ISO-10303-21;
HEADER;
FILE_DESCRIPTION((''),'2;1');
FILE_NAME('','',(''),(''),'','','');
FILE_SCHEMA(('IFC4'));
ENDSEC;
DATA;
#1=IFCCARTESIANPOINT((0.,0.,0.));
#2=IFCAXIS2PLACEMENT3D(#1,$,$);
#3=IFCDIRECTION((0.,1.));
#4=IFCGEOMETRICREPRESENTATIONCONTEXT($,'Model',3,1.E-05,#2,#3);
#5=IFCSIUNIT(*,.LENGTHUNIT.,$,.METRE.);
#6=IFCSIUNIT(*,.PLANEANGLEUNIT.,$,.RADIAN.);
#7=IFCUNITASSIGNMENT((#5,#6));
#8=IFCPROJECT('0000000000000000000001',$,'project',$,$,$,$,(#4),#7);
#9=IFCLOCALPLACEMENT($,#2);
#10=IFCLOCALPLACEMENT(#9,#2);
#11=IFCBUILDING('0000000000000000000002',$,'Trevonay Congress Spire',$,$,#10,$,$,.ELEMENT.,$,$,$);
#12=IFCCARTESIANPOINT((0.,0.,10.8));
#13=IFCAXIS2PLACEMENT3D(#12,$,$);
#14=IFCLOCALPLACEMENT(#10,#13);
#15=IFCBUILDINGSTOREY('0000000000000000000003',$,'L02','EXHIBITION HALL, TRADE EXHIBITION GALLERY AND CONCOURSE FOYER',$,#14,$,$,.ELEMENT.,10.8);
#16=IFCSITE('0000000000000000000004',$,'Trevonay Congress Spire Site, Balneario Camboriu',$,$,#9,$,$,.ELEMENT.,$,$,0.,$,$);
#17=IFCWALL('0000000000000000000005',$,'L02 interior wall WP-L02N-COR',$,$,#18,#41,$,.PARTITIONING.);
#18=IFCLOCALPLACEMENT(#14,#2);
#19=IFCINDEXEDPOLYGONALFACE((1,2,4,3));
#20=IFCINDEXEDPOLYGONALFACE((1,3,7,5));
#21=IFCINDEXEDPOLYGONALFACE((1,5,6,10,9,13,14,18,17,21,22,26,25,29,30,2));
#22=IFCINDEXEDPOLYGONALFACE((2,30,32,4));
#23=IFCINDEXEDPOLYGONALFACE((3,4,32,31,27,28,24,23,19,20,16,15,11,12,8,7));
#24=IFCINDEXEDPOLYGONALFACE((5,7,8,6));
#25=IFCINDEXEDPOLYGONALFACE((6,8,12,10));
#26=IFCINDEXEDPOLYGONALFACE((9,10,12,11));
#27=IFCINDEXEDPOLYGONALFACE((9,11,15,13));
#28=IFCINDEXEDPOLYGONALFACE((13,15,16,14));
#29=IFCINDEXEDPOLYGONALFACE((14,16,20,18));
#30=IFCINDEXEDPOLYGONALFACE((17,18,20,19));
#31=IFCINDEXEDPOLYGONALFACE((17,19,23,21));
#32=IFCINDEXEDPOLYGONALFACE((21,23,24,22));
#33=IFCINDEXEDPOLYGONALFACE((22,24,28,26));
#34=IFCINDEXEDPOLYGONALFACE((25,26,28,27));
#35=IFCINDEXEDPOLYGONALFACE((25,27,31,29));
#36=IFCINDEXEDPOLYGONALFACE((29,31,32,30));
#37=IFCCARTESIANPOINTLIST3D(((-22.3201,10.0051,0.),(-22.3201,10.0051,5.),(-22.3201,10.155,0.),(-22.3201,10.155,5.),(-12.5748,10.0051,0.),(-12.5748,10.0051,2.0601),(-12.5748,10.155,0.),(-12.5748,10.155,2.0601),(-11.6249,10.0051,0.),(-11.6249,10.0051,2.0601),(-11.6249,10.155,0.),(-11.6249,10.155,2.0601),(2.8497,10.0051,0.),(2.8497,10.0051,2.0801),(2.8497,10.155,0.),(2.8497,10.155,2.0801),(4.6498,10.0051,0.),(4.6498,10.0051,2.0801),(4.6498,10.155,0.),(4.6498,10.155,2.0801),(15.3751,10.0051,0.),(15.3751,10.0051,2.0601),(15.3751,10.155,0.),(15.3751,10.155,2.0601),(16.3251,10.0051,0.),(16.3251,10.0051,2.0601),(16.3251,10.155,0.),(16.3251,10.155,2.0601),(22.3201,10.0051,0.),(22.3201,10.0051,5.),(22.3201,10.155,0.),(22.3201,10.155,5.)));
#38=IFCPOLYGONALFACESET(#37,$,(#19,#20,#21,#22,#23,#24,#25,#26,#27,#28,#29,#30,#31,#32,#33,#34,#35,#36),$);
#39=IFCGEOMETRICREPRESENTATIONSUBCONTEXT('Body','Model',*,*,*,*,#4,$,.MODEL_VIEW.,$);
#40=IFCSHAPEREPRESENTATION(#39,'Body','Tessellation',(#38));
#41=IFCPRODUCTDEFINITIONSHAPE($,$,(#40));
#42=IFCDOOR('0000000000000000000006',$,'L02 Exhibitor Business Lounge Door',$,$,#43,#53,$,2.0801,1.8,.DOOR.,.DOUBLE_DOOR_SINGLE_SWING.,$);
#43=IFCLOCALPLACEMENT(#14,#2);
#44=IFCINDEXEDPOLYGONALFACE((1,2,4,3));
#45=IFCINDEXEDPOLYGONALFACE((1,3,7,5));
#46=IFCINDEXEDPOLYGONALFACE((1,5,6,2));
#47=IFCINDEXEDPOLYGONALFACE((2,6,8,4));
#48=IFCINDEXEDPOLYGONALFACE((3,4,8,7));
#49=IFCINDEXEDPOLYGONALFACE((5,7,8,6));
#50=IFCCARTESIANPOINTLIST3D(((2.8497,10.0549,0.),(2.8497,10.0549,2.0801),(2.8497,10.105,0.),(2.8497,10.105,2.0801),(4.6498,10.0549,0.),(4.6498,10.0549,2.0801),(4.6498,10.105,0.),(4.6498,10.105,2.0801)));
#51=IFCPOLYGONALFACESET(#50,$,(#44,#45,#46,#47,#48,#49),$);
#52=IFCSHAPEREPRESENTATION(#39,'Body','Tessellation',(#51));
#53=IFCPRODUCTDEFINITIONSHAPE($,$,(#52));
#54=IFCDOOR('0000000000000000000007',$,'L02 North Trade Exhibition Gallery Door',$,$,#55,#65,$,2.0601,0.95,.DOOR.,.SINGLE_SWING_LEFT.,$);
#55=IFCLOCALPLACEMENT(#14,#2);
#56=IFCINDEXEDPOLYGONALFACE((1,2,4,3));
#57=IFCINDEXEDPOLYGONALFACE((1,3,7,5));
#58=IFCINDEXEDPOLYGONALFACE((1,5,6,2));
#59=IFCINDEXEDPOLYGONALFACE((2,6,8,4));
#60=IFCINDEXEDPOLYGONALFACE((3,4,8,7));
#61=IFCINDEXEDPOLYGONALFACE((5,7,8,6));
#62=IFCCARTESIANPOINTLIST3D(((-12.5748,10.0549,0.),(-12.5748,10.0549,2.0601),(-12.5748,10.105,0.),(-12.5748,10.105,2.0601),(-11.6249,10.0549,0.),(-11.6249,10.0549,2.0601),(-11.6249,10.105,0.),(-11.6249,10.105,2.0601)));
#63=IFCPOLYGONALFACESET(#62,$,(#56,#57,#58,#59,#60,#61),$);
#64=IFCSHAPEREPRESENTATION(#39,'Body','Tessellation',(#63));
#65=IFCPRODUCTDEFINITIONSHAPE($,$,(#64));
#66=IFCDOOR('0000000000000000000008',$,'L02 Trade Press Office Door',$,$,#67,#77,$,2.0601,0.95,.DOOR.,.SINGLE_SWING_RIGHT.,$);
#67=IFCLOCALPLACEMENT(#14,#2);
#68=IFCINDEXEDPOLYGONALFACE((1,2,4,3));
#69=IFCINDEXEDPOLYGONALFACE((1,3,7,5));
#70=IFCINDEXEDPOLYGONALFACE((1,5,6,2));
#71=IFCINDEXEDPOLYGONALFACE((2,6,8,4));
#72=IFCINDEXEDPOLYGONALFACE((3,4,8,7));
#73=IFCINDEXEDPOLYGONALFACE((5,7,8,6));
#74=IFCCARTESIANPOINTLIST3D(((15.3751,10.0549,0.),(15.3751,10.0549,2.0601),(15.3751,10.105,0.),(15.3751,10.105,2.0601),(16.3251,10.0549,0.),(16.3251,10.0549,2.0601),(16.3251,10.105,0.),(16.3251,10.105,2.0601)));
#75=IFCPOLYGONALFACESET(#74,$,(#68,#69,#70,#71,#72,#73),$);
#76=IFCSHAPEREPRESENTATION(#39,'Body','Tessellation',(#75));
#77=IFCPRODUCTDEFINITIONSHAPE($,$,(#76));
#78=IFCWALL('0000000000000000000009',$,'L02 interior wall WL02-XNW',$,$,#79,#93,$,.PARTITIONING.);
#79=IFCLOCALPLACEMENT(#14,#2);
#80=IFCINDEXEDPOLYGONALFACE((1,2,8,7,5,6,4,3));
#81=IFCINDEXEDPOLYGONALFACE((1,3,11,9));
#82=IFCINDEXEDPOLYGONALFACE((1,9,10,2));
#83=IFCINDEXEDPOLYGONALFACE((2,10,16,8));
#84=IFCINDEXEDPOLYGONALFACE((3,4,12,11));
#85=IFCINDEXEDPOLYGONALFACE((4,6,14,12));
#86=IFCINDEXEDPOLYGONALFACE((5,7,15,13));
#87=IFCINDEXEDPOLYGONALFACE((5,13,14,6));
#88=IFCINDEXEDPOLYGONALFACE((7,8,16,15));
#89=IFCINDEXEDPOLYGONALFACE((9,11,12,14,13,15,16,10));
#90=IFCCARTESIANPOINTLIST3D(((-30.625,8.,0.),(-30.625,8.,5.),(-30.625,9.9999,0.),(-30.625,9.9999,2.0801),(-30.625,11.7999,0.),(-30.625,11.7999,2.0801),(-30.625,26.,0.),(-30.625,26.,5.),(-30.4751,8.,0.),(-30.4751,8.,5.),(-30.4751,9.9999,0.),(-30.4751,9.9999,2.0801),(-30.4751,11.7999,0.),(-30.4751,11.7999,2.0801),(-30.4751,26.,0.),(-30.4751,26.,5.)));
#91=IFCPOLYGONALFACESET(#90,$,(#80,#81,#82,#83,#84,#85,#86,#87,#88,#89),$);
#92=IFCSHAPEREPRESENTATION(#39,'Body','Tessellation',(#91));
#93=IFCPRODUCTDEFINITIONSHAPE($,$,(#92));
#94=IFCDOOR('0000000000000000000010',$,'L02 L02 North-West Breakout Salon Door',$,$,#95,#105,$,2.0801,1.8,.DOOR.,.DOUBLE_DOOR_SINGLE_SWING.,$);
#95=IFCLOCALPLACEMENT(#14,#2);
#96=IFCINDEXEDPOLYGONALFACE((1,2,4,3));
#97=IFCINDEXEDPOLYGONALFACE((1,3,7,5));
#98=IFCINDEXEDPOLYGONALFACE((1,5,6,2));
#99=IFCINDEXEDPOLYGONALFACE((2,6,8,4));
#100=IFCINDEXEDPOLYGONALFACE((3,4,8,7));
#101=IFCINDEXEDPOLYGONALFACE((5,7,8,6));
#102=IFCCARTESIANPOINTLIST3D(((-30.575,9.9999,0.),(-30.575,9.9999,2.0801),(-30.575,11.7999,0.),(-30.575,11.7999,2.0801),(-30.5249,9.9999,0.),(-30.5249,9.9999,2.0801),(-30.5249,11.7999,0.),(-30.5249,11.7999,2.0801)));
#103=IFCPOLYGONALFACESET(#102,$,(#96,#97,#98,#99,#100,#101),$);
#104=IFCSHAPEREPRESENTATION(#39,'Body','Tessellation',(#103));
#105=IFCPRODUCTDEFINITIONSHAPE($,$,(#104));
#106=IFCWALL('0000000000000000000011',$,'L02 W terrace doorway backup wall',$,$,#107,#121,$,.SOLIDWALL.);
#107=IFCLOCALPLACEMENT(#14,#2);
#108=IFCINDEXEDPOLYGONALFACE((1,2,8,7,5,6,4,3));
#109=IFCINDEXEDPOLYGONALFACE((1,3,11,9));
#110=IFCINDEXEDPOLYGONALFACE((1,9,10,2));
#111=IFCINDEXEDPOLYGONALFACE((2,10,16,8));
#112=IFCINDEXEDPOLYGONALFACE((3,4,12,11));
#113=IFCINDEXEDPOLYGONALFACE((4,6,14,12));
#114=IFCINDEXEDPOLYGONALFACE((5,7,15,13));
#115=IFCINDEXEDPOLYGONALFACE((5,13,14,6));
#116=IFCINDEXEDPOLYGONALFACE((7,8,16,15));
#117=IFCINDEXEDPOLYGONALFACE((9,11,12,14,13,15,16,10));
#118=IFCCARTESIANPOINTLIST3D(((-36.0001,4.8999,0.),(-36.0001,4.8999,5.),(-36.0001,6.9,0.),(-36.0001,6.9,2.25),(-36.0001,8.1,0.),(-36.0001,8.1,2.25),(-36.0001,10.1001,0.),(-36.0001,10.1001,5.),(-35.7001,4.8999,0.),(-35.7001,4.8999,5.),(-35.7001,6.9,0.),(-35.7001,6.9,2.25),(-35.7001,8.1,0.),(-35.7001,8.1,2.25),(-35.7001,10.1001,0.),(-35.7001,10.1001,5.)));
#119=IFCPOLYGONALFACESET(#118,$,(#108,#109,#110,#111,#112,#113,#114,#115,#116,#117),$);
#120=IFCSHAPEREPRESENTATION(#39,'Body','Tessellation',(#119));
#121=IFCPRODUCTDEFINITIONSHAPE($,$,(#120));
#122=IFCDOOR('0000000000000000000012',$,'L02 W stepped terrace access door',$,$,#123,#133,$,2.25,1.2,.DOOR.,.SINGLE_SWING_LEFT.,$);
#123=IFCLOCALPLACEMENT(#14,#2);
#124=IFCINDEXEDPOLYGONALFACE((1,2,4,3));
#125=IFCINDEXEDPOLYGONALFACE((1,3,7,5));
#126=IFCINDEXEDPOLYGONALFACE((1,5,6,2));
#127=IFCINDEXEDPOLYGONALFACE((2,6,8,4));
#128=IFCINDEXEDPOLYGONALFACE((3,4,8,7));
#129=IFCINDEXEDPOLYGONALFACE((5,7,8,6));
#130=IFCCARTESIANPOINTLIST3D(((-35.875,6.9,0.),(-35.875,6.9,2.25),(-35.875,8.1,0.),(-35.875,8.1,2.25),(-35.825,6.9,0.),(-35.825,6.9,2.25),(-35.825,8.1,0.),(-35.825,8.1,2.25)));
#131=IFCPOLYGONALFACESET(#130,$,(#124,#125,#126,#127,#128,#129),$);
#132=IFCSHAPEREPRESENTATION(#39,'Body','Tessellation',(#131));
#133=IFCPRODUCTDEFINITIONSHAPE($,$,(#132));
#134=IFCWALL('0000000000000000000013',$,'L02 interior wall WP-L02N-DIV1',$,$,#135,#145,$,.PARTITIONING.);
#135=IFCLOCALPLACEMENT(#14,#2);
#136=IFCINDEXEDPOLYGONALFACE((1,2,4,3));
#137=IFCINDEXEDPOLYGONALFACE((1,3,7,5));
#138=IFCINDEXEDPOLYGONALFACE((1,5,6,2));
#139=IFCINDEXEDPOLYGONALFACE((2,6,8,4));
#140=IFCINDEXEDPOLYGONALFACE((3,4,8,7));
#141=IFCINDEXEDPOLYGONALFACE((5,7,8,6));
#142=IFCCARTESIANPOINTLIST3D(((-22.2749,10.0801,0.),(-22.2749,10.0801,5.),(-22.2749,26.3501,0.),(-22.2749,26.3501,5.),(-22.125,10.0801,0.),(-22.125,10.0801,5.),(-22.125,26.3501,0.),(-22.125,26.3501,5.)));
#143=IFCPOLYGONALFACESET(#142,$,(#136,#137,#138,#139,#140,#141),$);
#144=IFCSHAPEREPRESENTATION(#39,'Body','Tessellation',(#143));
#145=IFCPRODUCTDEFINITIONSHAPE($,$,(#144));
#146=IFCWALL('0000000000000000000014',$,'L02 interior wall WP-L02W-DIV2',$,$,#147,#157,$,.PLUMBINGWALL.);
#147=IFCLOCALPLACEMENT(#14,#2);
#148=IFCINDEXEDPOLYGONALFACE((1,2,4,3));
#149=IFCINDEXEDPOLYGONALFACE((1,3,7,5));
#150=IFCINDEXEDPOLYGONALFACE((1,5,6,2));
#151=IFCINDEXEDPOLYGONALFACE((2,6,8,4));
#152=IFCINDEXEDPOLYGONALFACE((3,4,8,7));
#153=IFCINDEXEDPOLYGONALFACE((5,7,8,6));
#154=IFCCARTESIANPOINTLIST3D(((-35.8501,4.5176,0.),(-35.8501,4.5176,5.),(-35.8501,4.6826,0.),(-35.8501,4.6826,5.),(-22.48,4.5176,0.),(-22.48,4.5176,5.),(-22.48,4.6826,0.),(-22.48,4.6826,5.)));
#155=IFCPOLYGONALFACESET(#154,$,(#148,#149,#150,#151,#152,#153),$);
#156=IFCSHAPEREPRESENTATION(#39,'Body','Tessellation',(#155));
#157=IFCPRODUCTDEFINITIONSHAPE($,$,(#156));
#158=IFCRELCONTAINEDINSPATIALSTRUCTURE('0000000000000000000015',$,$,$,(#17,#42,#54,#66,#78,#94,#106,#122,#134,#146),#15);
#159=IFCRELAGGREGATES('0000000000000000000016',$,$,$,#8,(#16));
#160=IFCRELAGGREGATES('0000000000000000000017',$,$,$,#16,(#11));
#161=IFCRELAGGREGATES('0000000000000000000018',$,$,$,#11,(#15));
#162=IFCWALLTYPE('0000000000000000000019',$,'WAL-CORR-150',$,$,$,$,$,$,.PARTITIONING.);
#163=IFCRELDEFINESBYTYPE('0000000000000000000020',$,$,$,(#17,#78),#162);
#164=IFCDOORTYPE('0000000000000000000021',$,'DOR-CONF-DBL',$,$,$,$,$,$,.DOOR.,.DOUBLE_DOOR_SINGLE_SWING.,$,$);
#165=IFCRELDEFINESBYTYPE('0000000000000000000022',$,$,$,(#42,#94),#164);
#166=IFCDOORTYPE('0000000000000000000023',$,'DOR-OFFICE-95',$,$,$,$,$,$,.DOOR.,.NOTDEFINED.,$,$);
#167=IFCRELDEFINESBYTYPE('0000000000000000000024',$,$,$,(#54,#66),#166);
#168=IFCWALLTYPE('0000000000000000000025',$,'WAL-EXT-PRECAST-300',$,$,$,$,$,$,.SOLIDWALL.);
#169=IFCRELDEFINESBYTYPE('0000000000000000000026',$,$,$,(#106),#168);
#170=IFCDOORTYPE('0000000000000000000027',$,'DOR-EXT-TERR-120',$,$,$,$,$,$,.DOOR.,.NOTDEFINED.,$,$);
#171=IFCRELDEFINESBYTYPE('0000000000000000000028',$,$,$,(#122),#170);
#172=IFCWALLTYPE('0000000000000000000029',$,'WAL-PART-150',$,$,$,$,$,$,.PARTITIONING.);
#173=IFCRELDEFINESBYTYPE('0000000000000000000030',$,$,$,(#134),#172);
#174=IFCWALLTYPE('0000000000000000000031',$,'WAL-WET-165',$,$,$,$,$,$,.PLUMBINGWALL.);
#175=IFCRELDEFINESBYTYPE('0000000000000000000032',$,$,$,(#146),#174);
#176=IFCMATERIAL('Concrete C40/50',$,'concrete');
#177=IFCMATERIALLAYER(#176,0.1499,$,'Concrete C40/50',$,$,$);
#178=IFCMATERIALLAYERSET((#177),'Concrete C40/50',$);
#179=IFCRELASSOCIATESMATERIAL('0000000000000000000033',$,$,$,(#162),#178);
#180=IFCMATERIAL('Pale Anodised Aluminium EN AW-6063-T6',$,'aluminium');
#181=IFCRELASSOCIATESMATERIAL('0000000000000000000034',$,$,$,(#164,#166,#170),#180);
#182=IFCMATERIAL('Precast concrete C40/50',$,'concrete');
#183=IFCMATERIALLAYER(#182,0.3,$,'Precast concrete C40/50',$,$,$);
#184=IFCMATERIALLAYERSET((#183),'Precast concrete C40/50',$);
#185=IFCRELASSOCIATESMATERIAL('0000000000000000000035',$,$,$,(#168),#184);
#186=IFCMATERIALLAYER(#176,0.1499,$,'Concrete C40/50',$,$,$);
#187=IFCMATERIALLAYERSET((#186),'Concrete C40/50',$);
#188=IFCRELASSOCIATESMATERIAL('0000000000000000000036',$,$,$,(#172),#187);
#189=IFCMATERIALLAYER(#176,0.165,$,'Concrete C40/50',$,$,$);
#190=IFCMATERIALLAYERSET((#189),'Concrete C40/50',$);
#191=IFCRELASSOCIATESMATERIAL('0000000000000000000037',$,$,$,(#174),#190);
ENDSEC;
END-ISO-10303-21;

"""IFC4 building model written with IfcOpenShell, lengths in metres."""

from ifc_helpers import new_model, si_unit, direction, frame, frame_2d, origin, place, context, subcontext, project, spatial, rectangle, extrude, material, layer, layer_set, type_object, element, fill, save


model = new_model("IFC4")

# Units and contexts
model_context = context("Model", 3, precision=1e-05, world=origin(), true_north=direction((0.0, 1.0)))
body_context = subcontext(model_context, "Body", "Model", "MODEL_VIEW")
ifc_project = project(units=[si_unit("LENGTHUNIT", "METRE"), si_unit("PLANEANGLEUNIT", "RADIAN")], contexts=[model_context])

# Site, building, storey
site_placement = place(None, origin())
site = spatial("IfcSite", under=ifc_project, at=site_placement, Name="Trevonay Congress Spire Site, Balneario Camboriu", CompositionType="ELEMENT", RefElevation=0.0)
building_placement = place(site_placement, origin())
building = spatial("IfcBuilding", under=site, at=building_placement, Name="Trevonay Congress Spire", CompositionType="ELEMENT")
storey_placement = place(building_placement, frame((0.0, 0.0, 10.8)))
storey = spatial("IfcBuildingStorey", under=building, at=storey_placement, Name="L02", Description="EXHIBITION HALL, TRADE EXHIBITION GALLERY AND CONCOURSE FOYER", CompositionType="ELEMENT", Elevation=10.8)

# Shared definitions
ifc_material_1 = material(Name="Pale Anodised Aluminium EN AW-6063-T6", Category="aluminium")

# Wall, openings, doors
ifc_material_2 = material(Name="Concrete C40/50", Category="concrete")
ifc_layer_1 = layer(ifc_material_2, 0.1499, Name="Concrete C40/50")
ifc_layer_set_1 = layer_set([ifc_layer_1], Name="Concrete C40/50")
wall_type_1 = type_object("IfcWallType", Name="WAL-CORR-150", PredefinedType="PARTITIONING", material=ifc_layer_set_1)
wall_1_placement = place(storey_placement, frame((-22.3201, 10.0801, 0.0), z_axis=(0.0, 0.0, 1.0), x_axis=(1.0, 0.0, 0.0)))
wall_1 = element("IfcWall", 1, at=wall_1_placement, inside=storey, type_object=wall_type_1, Name="L02 interior wall WP-L02N-COR", PredefinedType="PARTITIONING", context=body_context, shape_type="SweptSolid", body=[
    extrude(rectangle(XDim=44.6401, YDim=0.1499, at=frame_2d((22.3201, 0.0))), origin(), (0.0, 0.0, 1.0), 5.0),
])
opening_1_placement = place(wall_1_placement, frame((9.7451, 0.0, 0.0)))
opening_1 = element("IfcOpeningElement", 2, at=opening_1_placement, cuts=wall_1, PredefinedType="OPENING", context=body_context, shape_type="SweptSolid", body=[
    extrude(rectangle(XDim=0.95, YDim=2.0601, at=frame_2d((0.4751, 1.03))), frame((0.0, 0.085, 0.0), z_axis=(0.0, -1.0, 0.0), x_axis=(1.0, 0.0, 0.0)), (0.0, 0.0, 1.0), 0.1699),
])
opening_2_placement = place(wall_1_placement, frame((25.1699, 0.0, 0.0)))
opening_2 = element("IfcOpeningElement", 3, at=opening_2_placement, cuts=wall_1, PredefinedType="OPENING", context=body_context, shape_type="SweptSolid", body=[
    extrude(rectangle(XDim=1.8, YDim=2.0801, at=frame_2d((0.8999, 1.04))), frame((0.0, 0.085, 0.0), z_axis=(0.0, -1.0, 0.0), x_axis=(1.0, 0.0, 0.0)), (0.0, 0.0, 1.0), 0.1699),
])
opening_3_placement = place(wall_1_placement, frame((37.6951, 0.0, 0.0)))
opening_3 = element("IfcOpeningElement", 4, at=opening_3_placement, cuts=wall_1, PredefinedType="OPENING", context=body_context, shape_type="SweptSolid", body=[
    extrude(rectangle(XDim=0.95, YDim=2.0601, at=frame_2d((0.4751, 1.03))), frame((0.0, 0.085, 0.0), z_axis=(0.0, -1.0, 0.0), x_axis=(1.0, 0.0, 0.0)), (0.0, 0.0, 1.0), 0.1699),
])
door_type_1 = type_object("IfcDoorType", Name="DOR-CONF-DBL", OperationType="DOUBLE_DOOR_SINGLE_SWING", PredefinedType="DOOR", material=ifc_material_1)
door_1_placement = place(opening_2_placement, origin())
door_1 = element("IfcDoor", 5, at=door_1_placement, inside=storey, type_object=door_type_1, Name="L02 Exhibitor Business Lounge Door", OperationType="DOUBLE_DOOR_SINGLE_SWING", OverallHeight=2.0801, OverallWidth=1.8, PredefinedType="DOOR", context=body_context, shape_type="SweptSolid", body=[
    extrude(rectangle(XDim=1.8, YDim=2.0801, at=frame_2d((0.8999, 1.04))), frame((0.0, 0.0249, 0.0), z_axis=(0.0, -1.0, 0.0), x_axis=(1.0, 0.0, 0.0)), (0.0, 0.0, 1.0), 0.05),
])
fill(opening_2, door_1)
door_type_2 = type_object("IfcDoorType", Name="DOR-OFFICE-95", OperationType="NOTDEFINED", PredefinedType="DOOR", material=ifc_material_1)
door_2_placement = place(opening_1_placement, origin())
door_2 = element("IfcDoor", 6, at=door_2_placement, inside=storey, type_object=door_type_2, Name="L02 North Trade Exhibition Gallery Door", OperationType="SINGLE_SWING_LEFT", OverallHeight=2.0601, OverallWidth=0.95, PredefinedType="DOOR", context=body_context, shape_type="SweptSolid", body=[
    extrude(rectangle(XDim=0.95, YDim=2.0601, at=frame_2d((0.4751, 1.03))), frame((0.0, 0.0249, 0.0), z_axis=(0.0, -1.0, 0.0), x_axis=(1.0, 0.0, 0.0)), (0.0, 0.0, 1.0), 0.05),
])
fill(opening_1, door_2)
door_3_placement = place(opening_3_placement, origin())
door_3 = element("IfcDoor", 7, at=door_3_placement, inside=storey, type_object=door_type_2, Name="L02 Trade Press Office Door", OperationType="SINGLE_SWING_RIGHT", OverallHeight=2.0601, OverallWidth=0.95, PredefinedType="DOOR", context=body_context, shape_type="SweptSolid", body=[
    extrude(rectangle(XDim=0.95, YDim=2.0601, at=frame_2d((0.4751, 1.03))), frame((0.0, 0.0249, 0.0), z_axis=(0.0, -1.0, 0.0), x_axis=(1.0, 0.0, 0.0)), (0.0, 0.0, 1.0), 0.05),
])
fill(opening_3, door_3)

# Walls, openings, doors
wall_2_placement = place(storey_placement, frame((-30.55, 8.0, 0.0), z_axis=(0.0, 0.0, 1.0), x_axis=(0.0, 1.0, 0.0)))
wall_2 = element("IfcWall", 8, at=wall_2_placement, inside=storey, type_object=wall_type_1, Name="L02 interior wall WL02-XNW", PredefinedType="PARTITIONING", context=body_context, shape_type="SweptSolid", body=[
    extrude(rectangle(XDim=18.0, YDim=0.1499, at=frame_2d((9.0, 0.0))), origin(), (0.0, 0.0, 1.0), 5.0),
])
opening_4_placement = place(wall_2_placement, frame((2.0, 0.0, 0.0)))
opening_4 = element("IfcOpeningElement", 9, at=opening_4_placement, cuts=wall_2, PredefinedType="OPENING", context=body_context, shape_type="SweptSolid", body=[
    extrude(rectangle(XDim=1.8, YDim=2.0801, at=frame_2d((0.8999, 1.04))), frame((0.0, 0.085, 0.0), z_axis=(0.0, -1.0, 0.0), x_axis=(1.0, 0.0, 0.0)), (0.0, 0.0, 1.0), 0.1699),
])
door_4_placement = place(opening_4_placement, origin())
door_4 = element("IfcDoor", 10, at=door_4_placement, inside=storey, type_object=door_type_1, Name="L02 L02 North-West Breakout Salon Door", OperationType="DOUBLE_DOOR_SINGLE_SWING", OverallHeight=2.0801, OverallWidth=1.8, PredefinedType="DOOR", context=body_context, shape_type="SweptSolid", body=[
    extrude(rectangle(XDim=1.8, YDim=2.0801, at=frame_2d((0.8999, 1.04))), frame((0.0, 0.0249, 0.0), z_axis=(0.0, -1.0, 0.0), x_axis=(1.0, 0.0, 0.0)), (0.0, 0.0, 1.0), 0.05),
])
fill(opening_4, door_4)
ifc_material_3 = material(Name="Precast concrete C40/50", Category="concrete")
ifc_layer_2 = layer(ifc_material_3, 0.3, Name="Precast concrete C40/50")
ifc_layer_set_2 = layer_set([ifc_layer_2], Name="Precast concrete C40/50")
wall_type_2 = type_object("IfcWallType", Name="WAL-EXT-PRECAST-300", PredefinedType="SOLIDWALL", material=ifc_layer_set_2)
wall_3_placement = place(storey_placement, frame((-35.8501, 4.8999, 0.0), z_axis=(0.0, 0.0, 1.0), x_axis=(0.0, 1.0, 0.0)))
wall_3 = element("IfcWall", 11, at=wall_3_placement, inside=storey, type_object=wall_type_2, Name="L02 W terrace doorway backup wall", PredefinedType="SOLIDWALL", context=body_context, shape_type="SweptSolid", body=[
    extrude(rectangle(XDim=5.2002, YDim=0.3, at=frame_2d((2.6001, 0.0))), origin(), (0.0, 0.0, 1.0), 5.0),
])
opening_5_placement = place(wall_3_placement, frame((2.0, 0.0, 0.0)))
opening_5 = element("IfcOpeningElement", 12, at=opening_5_placement, cuts=wall_3, PredefinedType="OPENING", context=body_context, shape_type="SweptSolid", body=[
    extrude(rectangle(XDim=1.2, YDim=2.25, at=frame_2d((0.6001, 1.125))), frame((0.0, 0.1602, 0.0), z_axis=(0.0, -1.0, 0.0), x_axis=(1.0, 0.0, 0.0)), (0.0, 0.0, 1.0), 0.3201),
])
door_type_3 = type_object("IfcDoorType", Name="DOR-EXT-TERR-120", OperationType="NOTDEFINED", PredefinedType="DOOR", material=ifc_material_1)
door_5_placement = place(opening_5_placement, origin())
door_5 = element("IfcDoor", 13, at=door_5_placement, inside=storey, type_object=door_type_3, Name="L02 W stepped terrace access door", OperationType="SINGLE_SWING_LEFT", OverallHeight=2.25, OverallWidth=1.2, PredefinedType="DOOR", context=body_context, shape_type="SweptSolid", body=[
    extrude(rectangle(XDim=1.2, YDim=2.25, at=frame_2d((0.6001, 1.125))), frame((0.0, 0.0249, 0.0), z_axis=(0.0, -1.0, 0.0), x_axis=(1.0, 0.0, 0.0)), (0.0, 0.0, 1.0), 0.05),
])
fill(opening_5, door_5)

# Walls
ifc_layer_3 = layer(ifc_material_2, 0.1499, Name="Concrete C40/50")
ifc_layer_set_3 = layer_set([ifc_layer_3], Name="Concrete C40/50")
wall_type_3 = type_object("IfcWallType", Name="WAL-PART-150", PredefinedType="PARTITIONING", material=ifc_layer_set_3)
wall_4_placement = place(storey_placement, frame((-22.2, 10.0801, 0.0), z_axis=(0.0, 0.0, 1.0), x_axis=(0.0, 1.0, 0.0)))
element("IfcWall", 14, at=wall_4_placement, inside=storey, type_object=wall_type_3, Name="L02 interior wall WP-L02N-DIV1", PredefinedType="PARTITIONING", context=body_context, shape_type="SweptSolid", body=[
    extrude(rectangle(XDim=16.27, YDim=0.1499, at=frame_2d((8.135, 0.0))), origin(), (0.0, 0.0, 1.0), 5.0),
])
ifc_layer_4 = layer(ifc_material_2, 0.165, Name="Concrete C40/50")
ifc_layer_set_4 = layer_set([ifc_layer_4], Name="Concrete C40/50")
wall_type_4 = type_object("IfcWallType", Name="WAL-WET-165", PredefinedType="PLUMBINGWALL", material=ifc_layer_set_4)
wall_5_placement = place(storey_placement, frame((-35.8501, 4.6001, 0.0), z_axis=(0.0, 0.0, 1.0), x_axis=(1.0, 0.0, 0.0)))
element("IfcWall", 15, at=wall_5_placement, inside=storey, type_object=wall_type_4, Name="L02 interior wall WP-L02W-DIV2", PredefinedType="PLUMBINGWALL", context=body_context, shape_type="SweptSolid", body=[
    extrude(rectangle(XDim=13.3701, YDim=0.165, at=frame_2d((6.6851, 0.0))), origin(), (0.0, 0.0, 1.0), 5.0),
])

save(model, "model.ifc")
